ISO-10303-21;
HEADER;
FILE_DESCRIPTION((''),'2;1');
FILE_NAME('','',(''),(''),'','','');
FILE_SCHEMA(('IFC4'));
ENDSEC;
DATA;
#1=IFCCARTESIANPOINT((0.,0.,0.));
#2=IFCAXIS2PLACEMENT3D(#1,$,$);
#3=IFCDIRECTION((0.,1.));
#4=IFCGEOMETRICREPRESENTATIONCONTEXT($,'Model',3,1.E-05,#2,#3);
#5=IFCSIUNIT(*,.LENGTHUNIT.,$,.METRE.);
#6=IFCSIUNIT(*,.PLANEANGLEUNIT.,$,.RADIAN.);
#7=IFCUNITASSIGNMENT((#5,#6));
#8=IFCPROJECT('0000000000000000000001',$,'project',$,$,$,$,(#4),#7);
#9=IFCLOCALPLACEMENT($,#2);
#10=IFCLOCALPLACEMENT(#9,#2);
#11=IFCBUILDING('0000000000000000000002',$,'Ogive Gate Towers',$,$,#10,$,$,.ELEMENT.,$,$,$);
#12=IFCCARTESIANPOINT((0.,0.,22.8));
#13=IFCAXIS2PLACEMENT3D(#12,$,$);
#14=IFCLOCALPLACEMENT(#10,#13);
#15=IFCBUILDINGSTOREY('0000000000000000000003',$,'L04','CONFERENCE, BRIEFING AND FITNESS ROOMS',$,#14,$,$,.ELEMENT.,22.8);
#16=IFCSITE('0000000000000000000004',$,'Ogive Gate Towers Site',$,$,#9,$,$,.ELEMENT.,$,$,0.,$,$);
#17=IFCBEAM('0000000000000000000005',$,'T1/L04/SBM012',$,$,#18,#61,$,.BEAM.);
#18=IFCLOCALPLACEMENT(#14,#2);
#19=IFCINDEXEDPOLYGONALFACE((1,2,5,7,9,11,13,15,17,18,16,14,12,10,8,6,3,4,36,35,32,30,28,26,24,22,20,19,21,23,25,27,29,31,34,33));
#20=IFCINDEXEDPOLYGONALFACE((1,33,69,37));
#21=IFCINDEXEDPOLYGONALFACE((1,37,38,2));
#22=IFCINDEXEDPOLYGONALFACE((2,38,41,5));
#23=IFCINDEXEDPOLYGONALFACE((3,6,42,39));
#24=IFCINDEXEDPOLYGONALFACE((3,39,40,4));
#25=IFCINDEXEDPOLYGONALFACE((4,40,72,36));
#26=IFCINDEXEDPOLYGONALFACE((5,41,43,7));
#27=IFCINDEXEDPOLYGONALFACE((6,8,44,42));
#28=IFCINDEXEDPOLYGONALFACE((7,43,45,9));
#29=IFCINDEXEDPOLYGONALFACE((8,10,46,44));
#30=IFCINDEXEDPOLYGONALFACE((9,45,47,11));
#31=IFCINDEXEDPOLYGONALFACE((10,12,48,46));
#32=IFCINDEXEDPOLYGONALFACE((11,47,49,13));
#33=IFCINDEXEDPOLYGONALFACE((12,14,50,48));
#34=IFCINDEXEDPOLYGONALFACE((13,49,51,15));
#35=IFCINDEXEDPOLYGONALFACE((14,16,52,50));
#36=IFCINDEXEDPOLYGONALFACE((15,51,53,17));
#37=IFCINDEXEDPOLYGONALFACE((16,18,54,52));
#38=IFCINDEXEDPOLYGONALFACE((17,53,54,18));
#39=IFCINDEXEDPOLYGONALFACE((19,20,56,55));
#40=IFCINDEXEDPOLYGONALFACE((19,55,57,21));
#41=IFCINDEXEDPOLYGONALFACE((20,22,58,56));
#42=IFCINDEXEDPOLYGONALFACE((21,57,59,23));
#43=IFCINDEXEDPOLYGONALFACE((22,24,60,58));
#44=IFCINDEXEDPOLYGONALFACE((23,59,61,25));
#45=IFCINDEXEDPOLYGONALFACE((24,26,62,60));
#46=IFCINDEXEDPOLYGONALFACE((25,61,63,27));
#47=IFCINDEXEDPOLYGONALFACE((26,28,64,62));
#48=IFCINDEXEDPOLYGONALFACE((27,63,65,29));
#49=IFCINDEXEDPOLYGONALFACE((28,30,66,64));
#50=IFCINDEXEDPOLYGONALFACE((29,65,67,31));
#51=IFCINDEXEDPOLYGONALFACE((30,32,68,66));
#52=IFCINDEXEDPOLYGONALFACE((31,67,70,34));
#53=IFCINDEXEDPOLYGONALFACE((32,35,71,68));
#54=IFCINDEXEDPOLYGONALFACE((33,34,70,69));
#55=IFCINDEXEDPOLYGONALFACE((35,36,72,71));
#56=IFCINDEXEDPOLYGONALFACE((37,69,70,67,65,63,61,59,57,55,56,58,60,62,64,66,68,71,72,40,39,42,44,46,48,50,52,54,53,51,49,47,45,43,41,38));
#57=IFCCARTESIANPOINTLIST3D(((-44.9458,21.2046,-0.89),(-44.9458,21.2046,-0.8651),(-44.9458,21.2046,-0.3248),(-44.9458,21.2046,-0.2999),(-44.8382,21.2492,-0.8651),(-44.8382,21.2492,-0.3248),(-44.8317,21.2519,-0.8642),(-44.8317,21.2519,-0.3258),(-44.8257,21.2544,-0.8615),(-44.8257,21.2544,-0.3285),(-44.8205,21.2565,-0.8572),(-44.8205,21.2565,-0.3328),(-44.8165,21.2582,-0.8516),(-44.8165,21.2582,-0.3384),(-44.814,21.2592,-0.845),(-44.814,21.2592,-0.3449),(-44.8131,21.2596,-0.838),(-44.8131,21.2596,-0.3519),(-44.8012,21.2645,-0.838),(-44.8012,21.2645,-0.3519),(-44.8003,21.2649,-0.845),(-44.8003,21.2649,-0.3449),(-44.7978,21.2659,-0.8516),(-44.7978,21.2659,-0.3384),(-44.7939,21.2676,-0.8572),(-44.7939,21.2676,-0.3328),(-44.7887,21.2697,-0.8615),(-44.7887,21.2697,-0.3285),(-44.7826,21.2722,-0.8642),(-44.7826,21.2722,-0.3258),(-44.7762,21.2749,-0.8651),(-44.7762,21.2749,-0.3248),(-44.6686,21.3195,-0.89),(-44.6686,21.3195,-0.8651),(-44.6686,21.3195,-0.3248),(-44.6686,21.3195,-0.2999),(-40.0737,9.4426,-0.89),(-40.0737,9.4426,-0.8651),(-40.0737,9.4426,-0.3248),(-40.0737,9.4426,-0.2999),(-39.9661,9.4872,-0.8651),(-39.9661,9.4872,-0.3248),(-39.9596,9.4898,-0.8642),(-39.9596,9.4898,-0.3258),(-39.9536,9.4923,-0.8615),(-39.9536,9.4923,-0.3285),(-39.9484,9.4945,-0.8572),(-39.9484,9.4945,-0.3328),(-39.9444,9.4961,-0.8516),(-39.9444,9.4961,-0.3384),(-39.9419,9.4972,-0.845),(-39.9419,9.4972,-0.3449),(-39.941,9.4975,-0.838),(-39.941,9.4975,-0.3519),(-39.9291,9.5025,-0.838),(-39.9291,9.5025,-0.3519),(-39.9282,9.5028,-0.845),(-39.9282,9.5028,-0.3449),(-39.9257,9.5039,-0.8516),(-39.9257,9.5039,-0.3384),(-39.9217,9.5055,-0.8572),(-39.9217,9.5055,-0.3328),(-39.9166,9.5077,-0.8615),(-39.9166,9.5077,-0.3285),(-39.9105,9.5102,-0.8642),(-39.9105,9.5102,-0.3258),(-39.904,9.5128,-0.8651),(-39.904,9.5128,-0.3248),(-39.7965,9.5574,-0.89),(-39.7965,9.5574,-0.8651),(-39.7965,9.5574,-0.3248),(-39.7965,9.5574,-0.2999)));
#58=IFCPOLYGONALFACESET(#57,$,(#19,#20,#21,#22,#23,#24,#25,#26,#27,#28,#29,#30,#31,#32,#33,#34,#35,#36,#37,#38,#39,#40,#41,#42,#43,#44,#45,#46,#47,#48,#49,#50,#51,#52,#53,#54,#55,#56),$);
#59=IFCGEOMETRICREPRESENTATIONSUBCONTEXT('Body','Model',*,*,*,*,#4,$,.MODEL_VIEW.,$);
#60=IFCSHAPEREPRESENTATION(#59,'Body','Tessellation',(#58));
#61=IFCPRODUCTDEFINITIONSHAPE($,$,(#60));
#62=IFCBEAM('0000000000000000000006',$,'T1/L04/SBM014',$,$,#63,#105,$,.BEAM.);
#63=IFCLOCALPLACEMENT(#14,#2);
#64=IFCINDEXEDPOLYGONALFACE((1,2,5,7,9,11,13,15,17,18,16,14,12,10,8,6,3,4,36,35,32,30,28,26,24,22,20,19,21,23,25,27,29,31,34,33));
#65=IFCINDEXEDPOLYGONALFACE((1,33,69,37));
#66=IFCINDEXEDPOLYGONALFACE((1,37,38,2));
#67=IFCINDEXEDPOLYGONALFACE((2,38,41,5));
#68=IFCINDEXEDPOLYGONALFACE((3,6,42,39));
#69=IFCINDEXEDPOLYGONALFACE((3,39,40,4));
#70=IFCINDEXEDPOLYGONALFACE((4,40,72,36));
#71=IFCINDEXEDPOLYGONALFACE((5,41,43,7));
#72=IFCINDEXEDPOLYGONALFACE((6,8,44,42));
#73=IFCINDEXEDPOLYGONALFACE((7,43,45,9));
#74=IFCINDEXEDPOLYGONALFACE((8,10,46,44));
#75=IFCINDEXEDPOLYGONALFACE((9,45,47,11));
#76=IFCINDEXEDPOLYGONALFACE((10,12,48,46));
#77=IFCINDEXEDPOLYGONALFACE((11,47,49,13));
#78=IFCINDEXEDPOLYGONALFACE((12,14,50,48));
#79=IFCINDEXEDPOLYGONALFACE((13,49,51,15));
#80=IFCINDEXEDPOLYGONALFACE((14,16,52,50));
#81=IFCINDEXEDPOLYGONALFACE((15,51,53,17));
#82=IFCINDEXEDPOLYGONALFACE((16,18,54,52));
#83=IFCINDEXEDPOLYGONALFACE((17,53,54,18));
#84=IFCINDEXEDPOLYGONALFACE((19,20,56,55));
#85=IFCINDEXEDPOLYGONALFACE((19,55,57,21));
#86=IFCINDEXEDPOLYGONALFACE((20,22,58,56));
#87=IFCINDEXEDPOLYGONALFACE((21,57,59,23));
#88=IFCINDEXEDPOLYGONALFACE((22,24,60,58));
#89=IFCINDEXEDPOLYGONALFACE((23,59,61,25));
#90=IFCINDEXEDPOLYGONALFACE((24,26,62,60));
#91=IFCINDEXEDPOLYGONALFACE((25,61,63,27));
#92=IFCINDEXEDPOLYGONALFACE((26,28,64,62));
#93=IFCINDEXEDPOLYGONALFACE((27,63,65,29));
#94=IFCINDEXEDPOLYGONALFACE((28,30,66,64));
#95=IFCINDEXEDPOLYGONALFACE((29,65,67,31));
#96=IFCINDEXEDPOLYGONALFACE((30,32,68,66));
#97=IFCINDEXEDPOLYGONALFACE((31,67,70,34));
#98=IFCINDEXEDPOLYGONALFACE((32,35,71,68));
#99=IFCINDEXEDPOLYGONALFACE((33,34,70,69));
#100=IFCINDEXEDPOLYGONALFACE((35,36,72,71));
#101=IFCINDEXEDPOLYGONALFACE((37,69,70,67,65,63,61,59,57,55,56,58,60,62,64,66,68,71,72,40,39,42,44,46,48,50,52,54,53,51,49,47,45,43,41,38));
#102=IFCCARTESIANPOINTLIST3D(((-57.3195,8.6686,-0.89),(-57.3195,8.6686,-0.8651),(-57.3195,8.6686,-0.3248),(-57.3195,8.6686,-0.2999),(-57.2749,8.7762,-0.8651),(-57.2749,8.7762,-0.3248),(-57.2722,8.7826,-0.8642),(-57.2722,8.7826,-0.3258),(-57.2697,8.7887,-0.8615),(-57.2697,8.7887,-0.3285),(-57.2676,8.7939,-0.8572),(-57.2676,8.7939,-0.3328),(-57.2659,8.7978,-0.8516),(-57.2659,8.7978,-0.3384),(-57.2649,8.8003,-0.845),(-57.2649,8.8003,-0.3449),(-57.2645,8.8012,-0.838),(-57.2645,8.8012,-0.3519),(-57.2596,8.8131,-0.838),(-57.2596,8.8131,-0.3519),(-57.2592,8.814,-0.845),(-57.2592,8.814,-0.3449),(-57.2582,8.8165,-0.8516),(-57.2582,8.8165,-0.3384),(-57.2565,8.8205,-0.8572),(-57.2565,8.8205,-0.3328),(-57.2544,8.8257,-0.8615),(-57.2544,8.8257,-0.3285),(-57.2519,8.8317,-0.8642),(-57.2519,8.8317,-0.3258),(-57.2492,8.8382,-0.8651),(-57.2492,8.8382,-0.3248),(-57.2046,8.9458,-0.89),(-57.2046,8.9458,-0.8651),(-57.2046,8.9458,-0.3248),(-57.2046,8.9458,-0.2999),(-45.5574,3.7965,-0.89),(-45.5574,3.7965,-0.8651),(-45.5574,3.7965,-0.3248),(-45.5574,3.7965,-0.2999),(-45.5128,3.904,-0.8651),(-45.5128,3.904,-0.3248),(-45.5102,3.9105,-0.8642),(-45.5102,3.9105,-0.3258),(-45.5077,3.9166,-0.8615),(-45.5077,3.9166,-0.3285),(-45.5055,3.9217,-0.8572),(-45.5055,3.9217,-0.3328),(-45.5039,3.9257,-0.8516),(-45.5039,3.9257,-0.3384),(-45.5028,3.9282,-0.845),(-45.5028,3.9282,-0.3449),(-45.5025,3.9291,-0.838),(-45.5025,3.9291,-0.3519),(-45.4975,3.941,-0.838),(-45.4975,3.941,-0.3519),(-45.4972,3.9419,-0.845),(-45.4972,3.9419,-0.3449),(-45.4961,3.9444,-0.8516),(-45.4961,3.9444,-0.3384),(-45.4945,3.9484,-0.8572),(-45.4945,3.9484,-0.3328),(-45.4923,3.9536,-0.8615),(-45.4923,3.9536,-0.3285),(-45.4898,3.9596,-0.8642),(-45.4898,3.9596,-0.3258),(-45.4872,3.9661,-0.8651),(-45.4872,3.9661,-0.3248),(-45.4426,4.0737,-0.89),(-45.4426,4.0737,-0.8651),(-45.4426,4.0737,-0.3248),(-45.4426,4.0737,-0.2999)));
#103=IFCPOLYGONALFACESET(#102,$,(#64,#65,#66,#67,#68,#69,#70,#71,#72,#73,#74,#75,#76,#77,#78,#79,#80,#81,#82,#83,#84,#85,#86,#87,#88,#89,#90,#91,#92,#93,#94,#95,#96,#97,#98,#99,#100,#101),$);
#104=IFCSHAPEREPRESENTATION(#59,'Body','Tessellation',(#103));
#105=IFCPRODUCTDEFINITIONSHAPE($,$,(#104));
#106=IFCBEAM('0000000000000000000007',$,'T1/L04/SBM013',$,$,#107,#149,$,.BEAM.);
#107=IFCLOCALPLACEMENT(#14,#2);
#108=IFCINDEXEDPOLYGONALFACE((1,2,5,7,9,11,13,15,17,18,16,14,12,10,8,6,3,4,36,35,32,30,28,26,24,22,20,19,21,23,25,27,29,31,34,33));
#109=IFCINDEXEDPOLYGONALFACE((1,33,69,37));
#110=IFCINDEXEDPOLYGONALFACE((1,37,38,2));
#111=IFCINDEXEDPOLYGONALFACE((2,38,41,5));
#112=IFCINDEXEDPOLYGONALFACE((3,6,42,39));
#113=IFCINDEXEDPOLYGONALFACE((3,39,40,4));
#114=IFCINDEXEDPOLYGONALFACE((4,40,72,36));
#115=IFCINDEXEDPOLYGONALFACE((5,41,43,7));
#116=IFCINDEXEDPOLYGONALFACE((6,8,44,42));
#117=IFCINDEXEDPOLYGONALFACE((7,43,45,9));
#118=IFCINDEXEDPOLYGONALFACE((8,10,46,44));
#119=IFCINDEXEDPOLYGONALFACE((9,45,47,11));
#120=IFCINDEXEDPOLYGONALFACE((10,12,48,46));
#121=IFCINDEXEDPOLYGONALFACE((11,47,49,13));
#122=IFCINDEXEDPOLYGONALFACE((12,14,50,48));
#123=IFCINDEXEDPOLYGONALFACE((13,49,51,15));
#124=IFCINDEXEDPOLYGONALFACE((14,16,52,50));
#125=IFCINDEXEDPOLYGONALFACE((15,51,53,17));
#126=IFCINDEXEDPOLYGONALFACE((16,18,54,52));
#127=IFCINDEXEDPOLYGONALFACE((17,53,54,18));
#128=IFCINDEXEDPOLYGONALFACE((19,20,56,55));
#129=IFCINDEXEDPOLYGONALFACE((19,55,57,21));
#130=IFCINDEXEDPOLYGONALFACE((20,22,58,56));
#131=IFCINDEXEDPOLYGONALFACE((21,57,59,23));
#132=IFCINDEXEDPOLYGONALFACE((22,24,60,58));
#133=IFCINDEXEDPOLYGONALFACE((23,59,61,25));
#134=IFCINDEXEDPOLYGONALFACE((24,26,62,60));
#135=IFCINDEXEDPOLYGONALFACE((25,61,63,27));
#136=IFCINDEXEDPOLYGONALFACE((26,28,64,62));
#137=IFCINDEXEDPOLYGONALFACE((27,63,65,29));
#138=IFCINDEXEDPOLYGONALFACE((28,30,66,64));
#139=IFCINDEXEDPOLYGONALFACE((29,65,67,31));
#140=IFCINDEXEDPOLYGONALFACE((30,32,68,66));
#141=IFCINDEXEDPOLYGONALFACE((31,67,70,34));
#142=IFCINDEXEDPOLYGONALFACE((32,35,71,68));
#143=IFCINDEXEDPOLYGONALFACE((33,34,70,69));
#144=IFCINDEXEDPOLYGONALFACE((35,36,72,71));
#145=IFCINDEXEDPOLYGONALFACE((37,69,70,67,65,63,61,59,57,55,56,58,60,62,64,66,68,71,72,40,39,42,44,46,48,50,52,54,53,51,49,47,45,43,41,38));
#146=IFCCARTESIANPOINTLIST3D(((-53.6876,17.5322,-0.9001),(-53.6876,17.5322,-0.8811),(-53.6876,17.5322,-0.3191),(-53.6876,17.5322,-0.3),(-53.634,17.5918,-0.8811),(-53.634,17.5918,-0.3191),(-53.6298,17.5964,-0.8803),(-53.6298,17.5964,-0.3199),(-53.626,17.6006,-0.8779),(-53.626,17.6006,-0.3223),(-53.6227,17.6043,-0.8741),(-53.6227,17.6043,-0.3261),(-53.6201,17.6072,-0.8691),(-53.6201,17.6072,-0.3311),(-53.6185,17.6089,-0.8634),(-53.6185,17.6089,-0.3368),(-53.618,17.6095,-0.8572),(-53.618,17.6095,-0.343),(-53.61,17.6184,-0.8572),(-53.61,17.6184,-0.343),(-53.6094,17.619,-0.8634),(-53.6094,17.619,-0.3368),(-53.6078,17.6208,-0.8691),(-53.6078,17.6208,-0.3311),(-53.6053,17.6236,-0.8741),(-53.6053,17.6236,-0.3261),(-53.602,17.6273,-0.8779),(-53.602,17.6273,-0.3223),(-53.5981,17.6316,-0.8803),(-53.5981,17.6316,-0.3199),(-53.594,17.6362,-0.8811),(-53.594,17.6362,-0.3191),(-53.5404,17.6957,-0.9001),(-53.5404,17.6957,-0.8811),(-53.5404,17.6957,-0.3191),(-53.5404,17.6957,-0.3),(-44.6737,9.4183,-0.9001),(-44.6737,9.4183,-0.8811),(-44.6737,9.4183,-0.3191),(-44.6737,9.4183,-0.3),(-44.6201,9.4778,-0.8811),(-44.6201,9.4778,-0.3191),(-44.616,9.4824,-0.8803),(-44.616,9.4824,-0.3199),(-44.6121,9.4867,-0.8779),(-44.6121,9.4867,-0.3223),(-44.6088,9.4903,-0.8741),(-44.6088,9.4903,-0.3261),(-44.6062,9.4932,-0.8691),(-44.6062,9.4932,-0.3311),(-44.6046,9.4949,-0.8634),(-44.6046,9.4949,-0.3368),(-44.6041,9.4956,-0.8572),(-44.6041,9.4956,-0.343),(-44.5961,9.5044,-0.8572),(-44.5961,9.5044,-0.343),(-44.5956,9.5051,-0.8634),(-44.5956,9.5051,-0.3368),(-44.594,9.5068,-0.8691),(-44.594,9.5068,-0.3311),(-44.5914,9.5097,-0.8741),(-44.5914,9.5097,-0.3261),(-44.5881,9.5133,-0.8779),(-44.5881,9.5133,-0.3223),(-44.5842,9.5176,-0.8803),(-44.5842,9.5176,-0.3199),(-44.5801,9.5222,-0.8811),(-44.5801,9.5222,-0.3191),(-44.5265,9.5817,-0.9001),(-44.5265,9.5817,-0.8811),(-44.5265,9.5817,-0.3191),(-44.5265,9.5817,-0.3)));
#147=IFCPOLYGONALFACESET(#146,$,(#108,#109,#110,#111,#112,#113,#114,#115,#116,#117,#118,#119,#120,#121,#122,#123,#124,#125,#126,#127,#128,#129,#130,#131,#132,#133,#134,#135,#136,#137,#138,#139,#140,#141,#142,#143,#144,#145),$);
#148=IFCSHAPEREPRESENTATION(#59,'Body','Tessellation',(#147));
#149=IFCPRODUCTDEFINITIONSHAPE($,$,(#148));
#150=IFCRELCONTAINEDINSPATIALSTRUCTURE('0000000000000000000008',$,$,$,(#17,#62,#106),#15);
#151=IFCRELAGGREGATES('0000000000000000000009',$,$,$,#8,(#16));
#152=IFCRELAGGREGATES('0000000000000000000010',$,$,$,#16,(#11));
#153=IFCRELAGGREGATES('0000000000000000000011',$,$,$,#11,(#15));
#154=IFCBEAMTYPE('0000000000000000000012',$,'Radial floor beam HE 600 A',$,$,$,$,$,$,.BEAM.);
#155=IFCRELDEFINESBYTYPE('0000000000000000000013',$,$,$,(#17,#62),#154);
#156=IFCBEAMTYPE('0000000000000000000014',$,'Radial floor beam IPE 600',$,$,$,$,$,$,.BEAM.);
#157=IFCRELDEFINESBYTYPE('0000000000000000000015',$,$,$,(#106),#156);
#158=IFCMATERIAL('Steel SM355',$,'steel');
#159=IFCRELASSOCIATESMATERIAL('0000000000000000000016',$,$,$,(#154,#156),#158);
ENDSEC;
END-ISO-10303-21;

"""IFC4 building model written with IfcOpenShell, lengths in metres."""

from ifc_helpers import new_model, si_unit, direction, frame, origin, origin_2d, place, context, subcontext, project, spatial, i_section, extrude, material, material_profile, profile_set, type_object, element, save


model = new_model("IFC4")

# Units and contexts
model_context = context("Model", 3, precision=1e-05, world=origin(), true_north=direction((0.0, 1.0)))
body_context = subcontext(model_context, "Body", "Model", "MODEL_VIEW")
ifc_project = project(units=[si_unit("LENGTHUNIT", "METRE"), si_unit("PLANEANGLEUNIT", "RADIAN")], contexts=[model_context])

# Site, building, storey
site_placement = place(None, origin())
site = spatial("IfcSite", under=ifc_project, at=site_placement, Name="Ogive Gate Towers Site", CompositionType="ELEMENT", RefElevation=0.0)
building_placement = place(site_placement, origin())
building = spatial("IfcBuilding", under=site, at=building_placement, Name="Ogive Gate Towers", CompositionType="ELEMENT")
storey_placement = place(building_placement, frame((0.0, 0.0, 22.8)))
storey = spatial("IfcBuildingStorey", under=building, at=storey_placement, Name="L04", Description="CONFERENCE, BRIEFING AND FITNESS ROOMS", CompositionType="ELEMENT", Elevation=22.8)

# Beams
ifc_material_1 = material(Name="Steel SM355", Category="steel")
ifc_material_profile_1 = material_profile(ifc_material_1, i_section(OverallWidth=0.3, OverallDepth=0.5901, WebThickness=0.0129, FlangeThickness=0.0249, FilletRadius=0.0271, at=origin_2d()), Name="HE 600 A")
ifc_profile_set_1 = profile_set([ifc_material_profile_1], Name="Steel SM355")
beam_type_1 = type_object("IfcBeamType", Name="Radial floor beam HE 600 A", PredefinedType="BEAM", material=ifc_profile_set_1)
for number, where, z_axis, x_axis, name in (
    (1, (-39.9351, 9.5, -0.595), (-0.382691, 0.923877, 0.0), (-0.923877, -0.382691, 0.0), "T1/L04/SBM012"),
    (2, (-45.5, 3.9351, -0.595), (-0.923877, 0.382691, 0.0), (-0.382691, -0.923877, 0.0), "T1/L04/SBM014"),
):
    element("IfcBeam", number, at=place(storey_placement, frame(where, z_axis=z_axis, x_axis=x_axis)), inside=storey, type_object=beam_type_1, Name=name, PredefinedType="BEAM", context=body_context, shape_type="SweptSolid", body=[
        extrude(i_section(OverallWidth=0.3, OverallDepth=0.5901, WebThickness=0.0129, FlangeThickness=0.0249, FilletRadius=0.0271, at=origin_2d()), origin(), (0.0, 0.0, 1.0), 12.7312),
    ])
ifc_material_profile_2 = material_profile(ifc_material_1, i_section(OverallWidth=0.22, OverallDepth=0.6001, WebThickness=0.012, FlangeThickness=0.019, FilletRadius=0.0239, at=origin_2d()), Name="IPE 600")
ifc_profile_set_2 = profile_set([ifc_material_profile_2], Name="Steel SM355")
beam_type_2 = type_object("IfcBeamType", Name="Radial floor beam IPE 600", PredefinedType="BEAM", material=ifc_profile_set_2)
beam_placement = place(storey_placement, frame((-44.6001, 9.5, -0.6001), z_axis=(-0.743233, 0.669033, 0.0), x_axis=(-0.669033, -0.743233, 0.0)))
element("IfcBeam", 3, at=beam_placement, inside=storey, type_object=beam_type_2, Name="T1/L04/SBM013", PredefinedType="BEAM", context=body_context, shape_type="SweptSolid", body=[
    extrude(i_section(OverallWidth=0.22, OverallDepth=0.6001, WebThickness=0.012, FlangeThickness=0.019, FilletRadius=0.0239, at=origin_2d()), origin(), (0.0, 0.0, 1.0), 12.1279),
])

save(model, "model.ifc")
